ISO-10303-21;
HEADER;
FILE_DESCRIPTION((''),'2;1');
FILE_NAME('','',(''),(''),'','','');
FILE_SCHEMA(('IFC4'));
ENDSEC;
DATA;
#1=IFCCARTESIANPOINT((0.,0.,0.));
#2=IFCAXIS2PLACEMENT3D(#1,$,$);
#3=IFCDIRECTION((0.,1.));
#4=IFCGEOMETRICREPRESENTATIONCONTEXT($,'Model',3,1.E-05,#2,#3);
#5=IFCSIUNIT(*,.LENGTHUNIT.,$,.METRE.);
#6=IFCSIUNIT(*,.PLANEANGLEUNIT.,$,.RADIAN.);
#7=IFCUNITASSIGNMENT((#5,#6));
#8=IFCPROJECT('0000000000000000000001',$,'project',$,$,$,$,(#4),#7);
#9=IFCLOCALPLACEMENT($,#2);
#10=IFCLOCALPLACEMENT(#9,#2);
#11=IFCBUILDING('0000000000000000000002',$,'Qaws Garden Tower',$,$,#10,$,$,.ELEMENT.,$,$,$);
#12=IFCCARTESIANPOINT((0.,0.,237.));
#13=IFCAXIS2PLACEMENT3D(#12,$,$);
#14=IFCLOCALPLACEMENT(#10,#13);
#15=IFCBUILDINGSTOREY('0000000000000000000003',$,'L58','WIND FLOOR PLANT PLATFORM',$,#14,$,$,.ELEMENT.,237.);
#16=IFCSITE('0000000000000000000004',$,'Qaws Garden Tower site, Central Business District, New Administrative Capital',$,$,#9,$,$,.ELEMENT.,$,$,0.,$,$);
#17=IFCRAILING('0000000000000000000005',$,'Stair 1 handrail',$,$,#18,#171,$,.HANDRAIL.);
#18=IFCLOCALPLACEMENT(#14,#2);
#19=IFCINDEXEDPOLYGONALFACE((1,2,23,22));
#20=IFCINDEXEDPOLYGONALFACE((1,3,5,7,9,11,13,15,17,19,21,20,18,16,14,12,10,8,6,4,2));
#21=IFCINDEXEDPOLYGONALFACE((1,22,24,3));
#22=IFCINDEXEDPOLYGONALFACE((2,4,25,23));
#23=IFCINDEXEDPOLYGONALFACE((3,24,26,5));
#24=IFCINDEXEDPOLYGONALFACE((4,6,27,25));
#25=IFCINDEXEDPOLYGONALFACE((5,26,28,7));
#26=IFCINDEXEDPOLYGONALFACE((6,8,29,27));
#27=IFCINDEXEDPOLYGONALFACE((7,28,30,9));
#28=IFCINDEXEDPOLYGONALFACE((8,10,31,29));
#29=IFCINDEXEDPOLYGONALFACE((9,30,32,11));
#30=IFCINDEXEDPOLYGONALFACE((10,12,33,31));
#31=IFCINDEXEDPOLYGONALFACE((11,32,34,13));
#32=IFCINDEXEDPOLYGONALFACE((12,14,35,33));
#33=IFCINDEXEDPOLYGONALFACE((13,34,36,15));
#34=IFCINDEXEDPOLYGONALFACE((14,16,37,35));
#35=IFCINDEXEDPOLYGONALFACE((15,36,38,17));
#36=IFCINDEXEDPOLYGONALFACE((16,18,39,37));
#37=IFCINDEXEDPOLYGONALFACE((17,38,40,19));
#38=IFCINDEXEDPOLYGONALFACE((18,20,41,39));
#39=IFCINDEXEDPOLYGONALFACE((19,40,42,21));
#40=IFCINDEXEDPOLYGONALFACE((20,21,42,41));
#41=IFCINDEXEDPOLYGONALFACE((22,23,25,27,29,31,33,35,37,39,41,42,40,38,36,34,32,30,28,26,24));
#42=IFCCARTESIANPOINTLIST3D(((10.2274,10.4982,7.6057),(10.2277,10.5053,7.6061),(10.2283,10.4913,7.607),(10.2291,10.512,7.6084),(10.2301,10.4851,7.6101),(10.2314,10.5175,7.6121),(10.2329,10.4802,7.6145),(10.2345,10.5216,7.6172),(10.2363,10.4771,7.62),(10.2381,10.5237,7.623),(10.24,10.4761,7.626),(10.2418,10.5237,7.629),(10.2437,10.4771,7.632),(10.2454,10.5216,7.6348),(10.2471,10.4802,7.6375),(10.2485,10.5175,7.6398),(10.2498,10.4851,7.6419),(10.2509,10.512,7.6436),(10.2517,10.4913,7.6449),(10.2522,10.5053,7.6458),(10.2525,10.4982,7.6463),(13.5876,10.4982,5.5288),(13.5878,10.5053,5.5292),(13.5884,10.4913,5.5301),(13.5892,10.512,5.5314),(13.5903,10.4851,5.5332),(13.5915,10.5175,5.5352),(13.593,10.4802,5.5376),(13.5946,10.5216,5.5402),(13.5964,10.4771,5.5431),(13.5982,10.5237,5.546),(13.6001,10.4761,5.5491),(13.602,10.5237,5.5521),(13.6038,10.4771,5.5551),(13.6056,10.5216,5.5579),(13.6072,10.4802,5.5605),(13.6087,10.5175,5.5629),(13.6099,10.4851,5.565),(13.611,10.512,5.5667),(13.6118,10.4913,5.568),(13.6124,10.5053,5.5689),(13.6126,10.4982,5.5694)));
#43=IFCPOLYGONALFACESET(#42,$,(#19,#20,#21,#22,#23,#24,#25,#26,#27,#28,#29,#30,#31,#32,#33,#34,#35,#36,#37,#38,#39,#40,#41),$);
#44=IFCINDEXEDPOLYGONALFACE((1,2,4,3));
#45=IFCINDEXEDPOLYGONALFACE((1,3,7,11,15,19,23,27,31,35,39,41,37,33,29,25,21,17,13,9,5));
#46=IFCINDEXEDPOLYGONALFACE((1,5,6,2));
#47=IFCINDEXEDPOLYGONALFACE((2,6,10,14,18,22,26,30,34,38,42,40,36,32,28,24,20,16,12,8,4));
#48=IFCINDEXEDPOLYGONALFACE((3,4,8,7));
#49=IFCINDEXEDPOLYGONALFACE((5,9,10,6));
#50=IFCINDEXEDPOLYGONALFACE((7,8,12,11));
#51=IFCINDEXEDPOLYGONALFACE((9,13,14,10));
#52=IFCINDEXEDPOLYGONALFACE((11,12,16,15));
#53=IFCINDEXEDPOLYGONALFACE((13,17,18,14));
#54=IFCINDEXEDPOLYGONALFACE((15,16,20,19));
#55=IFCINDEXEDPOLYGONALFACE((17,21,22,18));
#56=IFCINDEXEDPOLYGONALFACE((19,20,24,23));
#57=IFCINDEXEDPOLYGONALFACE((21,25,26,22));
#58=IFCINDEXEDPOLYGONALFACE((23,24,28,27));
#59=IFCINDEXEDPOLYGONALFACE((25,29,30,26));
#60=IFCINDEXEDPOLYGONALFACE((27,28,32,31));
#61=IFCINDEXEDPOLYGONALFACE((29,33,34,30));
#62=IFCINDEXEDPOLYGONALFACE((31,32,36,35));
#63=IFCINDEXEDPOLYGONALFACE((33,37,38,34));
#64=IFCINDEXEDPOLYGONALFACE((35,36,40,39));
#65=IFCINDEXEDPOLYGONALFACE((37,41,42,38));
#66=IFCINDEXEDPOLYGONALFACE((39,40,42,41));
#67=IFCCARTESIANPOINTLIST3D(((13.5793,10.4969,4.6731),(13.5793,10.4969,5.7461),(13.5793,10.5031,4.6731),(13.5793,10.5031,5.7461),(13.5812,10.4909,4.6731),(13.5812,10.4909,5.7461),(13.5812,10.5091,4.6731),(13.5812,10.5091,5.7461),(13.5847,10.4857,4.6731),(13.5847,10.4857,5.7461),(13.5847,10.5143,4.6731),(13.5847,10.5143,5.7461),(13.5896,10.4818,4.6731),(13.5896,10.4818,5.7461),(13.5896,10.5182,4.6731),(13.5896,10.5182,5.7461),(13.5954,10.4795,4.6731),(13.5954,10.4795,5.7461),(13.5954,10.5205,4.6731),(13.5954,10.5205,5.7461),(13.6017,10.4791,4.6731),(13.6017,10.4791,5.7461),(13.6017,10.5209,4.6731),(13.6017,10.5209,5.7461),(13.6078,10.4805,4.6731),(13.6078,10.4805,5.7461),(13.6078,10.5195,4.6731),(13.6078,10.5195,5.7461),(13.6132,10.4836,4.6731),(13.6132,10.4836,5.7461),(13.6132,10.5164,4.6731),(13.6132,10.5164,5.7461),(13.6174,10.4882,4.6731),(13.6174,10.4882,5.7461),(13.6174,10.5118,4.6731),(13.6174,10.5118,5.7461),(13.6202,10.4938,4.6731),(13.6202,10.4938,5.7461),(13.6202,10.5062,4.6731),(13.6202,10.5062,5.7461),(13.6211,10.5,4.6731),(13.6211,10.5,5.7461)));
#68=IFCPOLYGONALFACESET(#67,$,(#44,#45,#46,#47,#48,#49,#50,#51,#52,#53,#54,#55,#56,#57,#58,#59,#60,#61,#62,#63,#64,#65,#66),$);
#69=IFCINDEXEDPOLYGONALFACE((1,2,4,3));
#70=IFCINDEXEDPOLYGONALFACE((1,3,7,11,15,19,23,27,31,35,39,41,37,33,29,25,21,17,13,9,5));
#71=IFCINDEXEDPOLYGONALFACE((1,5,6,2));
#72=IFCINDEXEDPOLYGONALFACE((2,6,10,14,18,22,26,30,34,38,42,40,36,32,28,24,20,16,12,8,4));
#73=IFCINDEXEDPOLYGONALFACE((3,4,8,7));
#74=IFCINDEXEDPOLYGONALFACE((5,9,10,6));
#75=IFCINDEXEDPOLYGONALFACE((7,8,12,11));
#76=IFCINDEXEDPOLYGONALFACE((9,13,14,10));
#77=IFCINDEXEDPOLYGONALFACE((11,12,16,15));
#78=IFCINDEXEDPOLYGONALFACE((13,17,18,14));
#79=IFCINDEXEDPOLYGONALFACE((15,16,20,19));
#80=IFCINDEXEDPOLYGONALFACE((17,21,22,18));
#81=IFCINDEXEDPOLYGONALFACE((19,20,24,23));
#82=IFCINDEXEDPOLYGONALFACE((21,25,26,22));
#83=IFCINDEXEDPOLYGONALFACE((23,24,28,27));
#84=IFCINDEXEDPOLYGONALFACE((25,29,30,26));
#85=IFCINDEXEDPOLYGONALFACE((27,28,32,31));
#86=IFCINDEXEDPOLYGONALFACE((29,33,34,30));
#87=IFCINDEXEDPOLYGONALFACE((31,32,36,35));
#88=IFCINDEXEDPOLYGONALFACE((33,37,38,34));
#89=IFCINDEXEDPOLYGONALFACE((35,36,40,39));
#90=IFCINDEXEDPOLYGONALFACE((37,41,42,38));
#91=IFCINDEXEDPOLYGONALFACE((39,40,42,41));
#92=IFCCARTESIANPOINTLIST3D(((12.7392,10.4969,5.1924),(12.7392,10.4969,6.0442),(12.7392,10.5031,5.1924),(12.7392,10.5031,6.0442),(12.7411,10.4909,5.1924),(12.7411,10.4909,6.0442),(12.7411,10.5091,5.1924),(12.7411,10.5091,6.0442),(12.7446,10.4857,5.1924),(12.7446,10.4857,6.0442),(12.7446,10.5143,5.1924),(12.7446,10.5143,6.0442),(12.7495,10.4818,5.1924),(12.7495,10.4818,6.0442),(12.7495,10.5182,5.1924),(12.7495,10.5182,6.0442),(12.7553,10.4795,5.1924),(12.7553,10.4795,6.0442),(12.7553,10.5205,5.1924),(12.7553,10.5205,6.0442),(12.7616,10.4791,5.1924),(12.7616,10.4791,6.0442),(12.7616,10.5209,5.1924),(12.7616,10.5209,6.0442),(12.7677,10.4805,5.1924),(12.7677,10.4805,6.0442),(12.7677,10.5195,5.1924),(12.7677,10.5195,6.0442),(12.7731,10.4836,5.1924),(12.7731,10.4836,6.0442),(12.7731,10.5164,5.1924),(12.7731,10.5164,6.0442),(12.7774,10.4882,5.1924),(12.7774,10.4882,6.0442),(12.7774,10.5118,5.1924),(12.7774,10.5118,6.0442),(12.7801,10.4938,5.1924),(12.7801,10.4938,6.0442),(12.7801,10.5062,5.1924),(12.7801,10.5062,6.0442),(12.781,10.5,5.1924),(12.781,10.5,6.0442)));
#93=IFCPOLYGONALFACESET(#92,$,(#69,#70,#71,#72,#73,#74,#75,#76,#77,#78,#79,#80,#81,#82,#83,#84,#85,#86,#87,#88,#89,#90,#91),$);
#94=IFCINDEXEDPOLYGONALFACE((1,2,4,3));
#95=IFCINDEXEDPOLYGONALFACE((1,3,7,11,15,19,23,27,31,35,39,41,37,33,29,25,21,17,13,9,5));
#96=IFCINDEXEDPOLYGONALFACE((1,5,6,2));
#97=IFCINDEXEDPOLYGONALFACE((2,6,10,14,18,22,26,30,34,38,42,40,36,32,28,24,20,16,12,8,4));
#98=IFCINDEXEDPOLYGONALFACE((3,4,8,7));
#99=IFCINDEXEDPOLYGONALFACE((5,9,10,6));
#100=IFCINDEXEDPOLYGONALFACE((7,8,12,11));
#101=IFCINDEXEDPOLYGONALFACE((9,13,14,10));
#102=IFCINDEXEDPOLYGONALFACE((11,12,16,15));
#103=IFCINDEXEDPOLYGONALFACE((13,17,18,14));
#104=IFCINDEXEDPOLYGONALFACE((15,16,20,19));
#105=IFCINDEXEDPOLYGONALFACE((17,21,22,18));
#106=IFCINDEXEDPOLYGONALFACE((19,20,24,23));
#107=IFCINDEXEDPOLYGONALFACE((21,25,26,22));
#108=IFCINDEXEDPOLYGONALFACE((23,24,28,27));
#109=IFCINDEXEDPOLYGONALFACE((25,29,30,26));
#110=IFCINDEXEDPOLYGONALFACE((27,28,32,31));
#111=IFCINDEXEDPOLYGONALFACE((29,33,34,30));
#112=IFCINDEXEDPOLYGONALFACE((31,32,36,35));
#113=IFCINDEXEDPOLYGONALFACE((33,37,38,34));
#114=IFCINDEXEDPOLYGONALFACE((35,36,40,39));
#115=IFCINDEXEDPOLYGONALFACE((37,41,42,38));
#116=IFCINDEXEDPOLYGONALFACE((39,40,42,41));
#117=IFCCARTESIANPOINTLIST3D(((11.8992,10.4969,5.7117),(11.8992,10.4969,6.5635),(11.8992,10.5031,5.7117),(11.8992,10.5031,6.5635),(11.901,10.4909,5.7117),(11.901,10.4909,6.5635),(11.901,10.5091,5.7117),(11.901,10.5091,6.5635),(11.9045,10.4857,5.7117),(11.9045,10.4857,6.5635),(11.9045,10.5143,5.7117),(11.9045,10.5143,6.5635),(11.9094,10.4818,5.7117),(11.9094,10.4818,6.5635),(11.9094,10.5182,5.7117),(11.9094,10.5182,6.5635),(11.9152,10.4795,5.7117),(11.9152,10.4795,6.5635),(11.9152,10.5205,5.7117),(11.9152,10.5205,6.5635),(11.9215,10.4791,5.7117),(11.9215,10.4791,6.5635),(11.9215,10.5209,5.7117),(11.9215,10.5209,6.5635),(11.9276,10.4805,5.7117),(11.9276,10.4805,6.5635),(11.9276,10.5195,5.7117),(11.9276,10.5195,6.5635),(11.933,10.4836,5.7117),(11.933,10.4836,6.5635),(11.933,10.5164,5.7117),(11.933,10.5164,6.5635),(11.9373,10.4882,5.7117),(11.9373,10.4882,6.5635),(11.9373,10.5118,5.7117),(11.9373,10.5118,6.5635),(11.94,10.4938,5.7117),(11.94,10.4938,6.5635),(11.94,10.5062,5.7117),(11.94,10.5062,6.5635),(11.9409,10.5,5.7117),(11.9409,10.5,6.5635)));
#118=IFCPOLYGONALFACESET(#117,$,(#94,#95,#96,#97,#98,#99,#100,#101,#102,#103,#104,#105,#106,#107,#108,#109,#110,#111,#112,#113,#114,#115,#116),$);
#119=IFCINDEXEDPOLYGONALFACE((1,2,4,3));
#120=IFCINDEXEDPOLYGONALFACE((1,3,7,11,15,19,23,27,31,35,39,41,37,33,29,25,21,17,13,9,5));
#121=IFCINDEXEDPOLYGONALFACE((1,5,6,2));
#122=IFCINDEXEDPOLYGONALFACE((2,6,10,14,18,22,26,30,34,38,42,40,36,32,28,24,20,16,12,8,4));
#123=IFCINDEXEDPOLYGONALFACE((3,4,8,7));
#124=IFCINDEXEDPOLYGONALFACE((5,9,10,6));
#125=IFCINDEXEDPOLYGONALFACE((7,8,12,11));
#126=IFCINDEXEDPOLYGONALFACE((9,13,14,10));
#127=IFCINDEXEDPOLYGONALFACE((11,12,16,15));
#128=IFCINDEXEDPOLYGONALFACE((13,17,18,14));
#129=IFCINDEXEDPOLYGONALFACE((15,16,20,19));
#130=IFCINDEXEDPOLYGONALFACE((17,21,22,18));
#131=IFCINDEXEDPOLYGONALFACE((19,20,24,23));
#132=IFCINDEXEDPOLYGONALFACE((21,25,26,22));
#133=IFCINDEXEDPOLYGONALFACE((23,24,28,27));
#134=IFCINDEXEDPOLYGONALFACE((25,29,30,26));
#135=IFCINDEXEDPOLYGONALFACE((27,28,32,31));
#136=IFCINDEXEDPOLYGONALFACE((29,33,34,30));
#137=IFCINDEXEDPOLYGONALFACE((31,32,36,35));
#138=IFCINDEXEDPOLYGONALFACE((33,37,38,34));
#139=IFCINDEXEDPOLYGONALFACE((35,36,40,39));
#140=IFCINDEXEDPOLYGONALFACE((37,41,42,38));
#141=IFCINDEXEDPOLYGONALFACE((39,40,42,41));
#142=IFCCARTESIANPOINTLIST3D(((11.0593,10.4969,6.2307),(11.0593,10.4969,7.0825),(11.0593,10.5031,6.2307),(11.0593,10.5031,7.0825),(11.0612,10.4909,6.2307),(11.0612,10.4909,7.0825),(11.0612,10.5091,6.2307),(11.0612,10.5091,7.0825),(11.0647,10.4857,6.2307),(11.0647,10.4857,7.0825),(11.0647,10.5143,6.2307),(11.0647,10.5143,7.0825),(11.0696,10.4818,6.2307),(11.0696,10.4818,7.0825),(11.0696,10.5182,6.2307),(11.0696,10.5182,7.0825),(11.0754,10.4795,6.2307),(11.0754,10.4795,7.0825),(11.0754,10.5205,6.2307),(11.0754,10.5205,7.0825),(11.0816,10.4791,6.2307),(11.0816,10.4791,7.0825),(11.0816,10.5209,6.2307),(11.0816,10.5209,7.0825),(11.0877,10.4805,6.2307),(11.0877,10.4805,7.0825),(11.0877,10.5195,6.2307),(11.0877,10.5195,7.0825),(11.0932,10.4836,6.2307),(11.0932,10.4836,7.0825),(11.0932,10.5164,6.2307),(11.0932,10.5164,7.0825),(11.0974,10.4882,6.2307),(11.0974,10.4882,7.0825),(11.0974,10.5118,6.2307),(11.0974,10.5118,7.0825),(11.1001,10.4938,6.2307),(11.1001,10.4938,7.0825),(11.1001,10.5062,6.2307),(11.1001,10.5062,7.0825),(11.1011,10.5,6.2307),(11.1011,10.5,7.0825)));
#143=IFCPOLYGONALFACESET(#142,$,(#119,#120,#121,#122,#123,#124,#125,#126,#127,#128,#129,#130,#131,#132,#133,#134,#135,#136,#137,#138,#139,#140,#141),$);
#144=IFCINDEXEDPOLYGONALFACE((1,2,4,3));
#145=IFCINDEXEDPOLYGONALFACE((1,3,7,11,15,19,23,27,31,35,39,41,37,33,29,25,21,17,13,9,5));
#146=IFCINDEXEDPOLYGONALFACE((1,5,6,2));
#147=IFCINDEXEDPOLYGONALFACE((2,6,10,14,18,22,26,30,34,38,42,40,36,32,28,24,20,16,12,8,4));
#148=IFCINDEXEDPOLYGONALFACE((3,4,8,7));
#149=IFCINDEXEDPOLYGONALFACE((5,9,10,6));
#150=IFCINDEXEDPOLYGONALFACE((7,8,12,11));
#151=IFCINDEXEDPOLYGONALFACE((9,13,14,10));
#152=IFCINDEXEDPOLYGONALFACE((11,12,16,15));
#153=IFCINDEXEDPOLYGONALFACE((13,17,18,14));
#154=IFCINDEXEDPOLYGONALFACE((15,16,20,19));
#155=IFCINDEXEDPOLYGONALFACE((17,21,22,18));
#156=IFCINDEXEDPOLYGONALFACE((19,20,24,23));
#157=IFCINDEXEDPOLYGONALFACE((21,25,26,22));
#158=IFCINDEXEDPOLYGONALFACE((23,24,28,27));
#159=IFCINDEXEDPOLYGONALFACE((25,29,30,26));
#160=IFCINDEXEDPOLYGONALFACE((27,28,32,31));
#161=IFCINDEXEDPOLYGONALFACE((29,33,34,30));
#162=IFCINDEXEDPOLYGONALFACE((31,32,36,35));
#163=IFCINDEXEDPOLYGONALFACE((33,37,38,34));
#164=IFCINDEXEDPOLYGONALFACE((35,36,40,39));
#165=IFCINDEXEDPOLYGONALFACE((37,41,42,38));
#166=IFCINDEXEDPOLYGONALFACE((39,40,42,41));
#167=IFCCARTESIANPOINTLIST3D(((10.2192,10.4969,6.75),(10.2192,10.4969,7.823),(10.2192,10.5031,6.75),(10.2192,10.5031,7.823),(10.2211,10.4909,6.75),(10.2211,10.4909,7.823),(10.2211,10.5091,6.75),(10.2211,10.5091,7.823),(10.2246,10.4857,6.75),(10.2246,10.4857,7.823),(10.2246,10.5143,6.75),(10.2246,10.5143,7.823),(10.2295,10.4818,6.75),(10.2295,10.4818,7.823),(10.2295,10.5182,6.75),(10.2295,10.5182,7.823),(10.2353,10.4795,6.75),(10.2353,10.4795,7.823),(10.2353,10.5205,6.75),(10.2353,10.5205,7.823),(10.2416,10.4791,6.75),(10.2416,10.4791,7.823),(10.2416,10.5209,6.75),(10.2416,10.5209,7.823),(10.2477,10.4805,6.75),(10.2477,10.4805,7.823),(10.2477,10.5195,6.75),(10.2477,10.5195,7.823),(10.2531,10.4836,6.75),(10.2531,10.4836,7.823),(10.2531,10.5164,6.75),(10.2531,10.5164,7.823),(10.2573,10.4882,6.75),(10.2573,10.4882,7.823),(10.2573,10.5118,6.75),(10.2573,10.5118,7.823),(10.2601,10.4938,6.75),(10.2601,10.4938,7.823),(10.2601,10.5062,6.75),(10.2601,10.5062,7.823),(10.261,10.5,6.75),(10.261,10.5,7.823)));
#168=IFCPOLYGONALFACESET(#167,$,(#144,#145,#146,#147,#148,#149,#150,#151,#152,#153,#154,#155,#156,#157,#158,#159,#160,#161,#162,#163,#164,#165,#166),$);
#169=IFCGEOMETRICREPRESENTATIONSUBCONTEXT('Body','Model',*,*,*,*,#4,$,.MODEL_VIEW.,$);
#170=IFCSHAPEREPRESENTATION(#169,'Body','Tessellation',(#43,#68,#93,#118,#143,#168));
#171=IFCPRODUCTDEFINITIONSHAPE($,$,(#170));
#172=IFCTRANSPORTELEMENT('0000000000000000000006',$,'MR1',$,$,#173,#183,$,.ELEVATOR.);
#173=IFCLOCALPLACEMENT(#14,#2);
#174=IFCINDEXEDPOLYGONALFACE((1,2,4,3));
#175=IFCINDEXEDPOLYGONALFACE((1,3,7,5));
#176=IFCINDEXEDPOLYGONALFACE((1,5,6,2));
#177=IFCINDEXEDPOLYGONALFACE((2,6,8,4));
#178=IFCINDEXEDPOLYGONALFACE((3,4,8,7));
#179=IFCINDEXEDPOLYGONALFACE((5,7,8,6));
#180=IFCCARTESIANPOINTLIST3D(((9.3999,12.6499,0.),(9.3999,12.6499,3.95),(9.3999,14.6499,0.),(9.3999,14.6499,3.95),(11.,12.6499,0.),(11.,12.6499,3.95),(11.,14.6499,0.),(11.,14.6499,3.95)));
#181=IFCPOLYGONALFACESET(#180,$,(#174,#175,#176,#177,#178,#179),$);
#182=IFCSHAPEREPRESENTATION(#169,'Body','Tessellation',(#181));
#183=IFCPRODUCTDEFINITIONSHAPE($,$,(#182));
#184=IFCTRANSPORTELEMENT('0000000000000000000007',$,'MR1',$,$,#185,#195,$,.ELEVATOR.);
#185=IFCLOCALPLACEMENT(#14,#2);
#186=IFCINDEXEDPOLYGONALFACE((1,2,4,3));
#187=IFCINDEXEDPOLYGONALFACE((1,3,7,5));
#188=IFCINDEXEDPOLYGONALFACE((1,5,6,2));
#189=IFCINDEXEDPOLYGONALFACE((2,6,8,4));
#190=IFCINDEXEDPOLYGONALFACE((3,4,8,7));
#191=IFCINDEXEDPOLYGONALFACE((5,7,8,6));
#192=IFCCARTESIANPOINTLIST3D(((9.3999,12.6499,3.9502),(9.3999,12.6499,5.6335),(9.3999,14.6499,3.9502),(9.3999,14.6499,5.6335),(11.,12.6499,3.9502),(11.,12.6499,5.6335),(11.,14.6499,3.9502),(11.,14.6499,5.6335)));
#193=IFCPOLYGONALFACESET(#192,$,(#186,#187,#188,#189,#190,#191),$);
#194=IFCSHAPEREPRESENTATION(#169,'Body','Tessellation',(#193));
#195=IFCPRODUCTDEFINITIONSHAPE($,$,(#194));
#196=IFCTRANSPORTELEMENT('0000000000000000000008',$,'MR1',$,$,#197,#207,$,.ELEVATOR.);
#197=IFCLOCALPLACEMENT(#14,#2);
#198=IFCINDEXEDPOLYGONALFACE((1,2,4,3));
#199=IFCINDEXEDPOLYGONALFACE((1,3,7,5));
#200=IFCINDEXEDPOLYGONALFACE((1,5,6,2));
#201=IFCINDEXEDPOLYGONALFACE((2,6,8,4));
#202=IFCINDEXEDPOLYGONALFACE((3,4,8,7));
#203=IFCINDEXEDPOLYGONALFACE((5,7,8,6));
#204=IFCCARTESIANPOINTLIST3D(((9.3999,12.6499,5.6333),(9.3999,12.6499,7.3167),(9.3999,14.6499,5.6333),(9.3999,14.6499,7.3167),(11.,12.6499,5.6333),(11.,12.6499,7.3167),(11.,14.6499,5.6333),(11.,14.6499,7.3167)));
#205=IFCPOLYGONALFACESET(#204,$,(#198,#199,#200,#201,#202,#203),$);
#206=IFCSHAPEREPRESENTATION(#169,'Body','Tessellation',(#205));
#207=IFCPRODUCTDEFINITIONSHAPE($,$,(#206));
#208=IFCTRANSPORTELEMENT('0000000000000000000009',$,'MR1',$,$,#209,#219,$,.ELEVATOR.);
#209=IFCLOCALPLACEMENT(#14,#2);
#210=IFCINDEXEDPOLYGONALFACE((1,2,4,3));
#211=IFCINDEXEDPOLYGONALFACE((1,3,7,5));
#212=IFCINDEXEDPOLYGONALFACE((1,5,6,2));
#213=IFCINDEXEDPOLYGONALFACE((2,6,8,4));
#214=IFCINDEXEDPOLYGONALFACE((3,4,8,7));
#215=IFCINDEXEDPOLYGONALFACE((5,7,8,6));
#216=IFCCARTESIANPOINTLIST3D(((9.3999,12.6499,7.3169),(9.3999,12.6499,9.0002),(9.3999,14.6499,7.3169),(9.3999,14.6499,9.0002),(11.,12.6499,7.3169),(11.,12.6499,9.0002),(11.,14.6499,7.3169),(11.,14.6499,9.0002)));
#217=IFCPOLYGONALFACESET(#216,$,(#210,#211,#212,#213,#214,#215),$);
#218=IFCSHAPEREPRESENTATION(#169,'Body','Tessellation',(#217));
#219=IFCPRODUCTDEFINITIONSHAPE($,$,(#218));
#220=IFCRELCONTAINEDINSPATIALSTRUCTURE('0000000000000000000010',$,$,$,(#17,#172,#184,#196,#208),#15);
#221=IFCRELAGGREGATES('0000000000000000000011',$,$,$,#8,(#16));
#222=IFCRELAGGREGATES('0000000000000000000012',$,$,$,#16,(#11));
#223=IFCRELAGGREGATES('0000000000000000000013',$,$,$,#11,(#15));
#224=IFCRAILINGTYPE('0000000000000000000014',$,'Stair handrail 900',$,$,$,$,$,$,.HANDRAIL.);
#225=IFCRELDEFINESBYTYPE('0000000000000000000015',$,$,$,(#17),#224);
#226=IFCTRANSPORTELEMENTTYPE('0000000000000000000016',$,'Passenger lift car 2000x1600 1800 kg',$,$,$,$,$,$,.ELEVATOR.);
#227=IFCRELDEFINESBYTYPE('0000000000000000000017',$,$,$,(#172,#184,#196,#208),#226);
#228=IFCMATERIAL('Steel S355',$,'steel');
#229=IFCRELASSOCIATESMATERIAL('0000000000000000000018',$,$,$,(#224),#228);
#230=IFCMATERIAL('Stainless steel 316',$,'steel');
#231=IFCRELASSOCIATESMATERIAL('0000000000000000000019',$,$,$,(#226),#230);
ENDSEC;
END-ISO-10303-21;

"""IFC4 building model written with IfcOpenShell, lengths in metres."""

from ifc_helpers import new_model, si_unit, direction, frame, origin, origin_2d, place, context, subcontext, project, spatial, rectangle, circle, extrude, material, type_object, element, save


model = new_model("IFC4")

# Units and contexts
model_context = context("Model", 3, precision=1e-05, world=origin(), true_north=direction((0.0, 1.0)))
body_context = subcontext(model_context, "Body", "Model", "MODEL_VIEW")
ifc_project = project(units=[si_unit("LENGTHUNIT", "METRE"), si_unit("PLANEANGLEUNIT", "RADIAN")], contexts=[model_context])

# Site, building, storey
site_placement = place(None, origin())
site = spatial("IfcSite", under=ifc_project, at=site_placement, Name="Qaws Garden Tower site, Central Business District, New Administrative Capital", CompositionType="ELEMENT", RefElevation=0.0)
building_placement = place(site_placement, origin())
building = spatial("IfcBuilding", under=site, at=building_placement, Name="Qaws Garden Tower", CompositionType="ELEMENT")
storey_placement = place(building_placement, frame((0.0, 0.0, 237.0)))
storey = spatial("IfcBuildingStorey", under=building, at=storey_placement, Name="L58", Description="WIND FLOOR PLANT PLATFORM", CompositionType="ELEMENT", Elevation=237.0)

# Railing
ifc_material_1 = material(Name="Steel S355", Category="steel")
railing_type = type_object("IfcRailingType", Name="Stair handrail 900", PredefinedType="HANDRAIL", material=ifc_material_1)
for number, where, name in (
    (1, (13.6001, 10.5, 4.6731), "Stair 1 handrail"),
):
    element("IfcRailing", number, at=place(storey_placement, frame(where)), inside=storey, type_object=railing_type, Name=name, PredefinedType="HANDRAIL", context=body_context, shape_type="SweptSolid", body=[
        extrude(circle(Radius=0.0239, at=origin_2d()), frame((0.0, 0.0, 0.876), z_axis=(-0.850623, 0.0, 0.525776), x_axis=(0.0, -1.0, 0.0)), (0.0, 0.0, 1.0), 3.9502),
        extrude(circle(Radius=0.021, at=origin_2d()), origin(), (0.0, 0.0, 1.0), 1.073),
        extrude(circle(Radius=0.021, at=origin_2d()), frame((-0.8401, 0.0, 0.5193)), (0.0, 0.0, 1.0), 0.8518),
        extrude(circle(Radius=0.021, at=origin_2d()), frame((-1.6802, 0.0, 1.0386)), (0.0, 0.0, 1.0), 0.8518),
        extrude(circle(Radius=0.021, at=origin_2d()), frame((-2.52, 0.0, 1.5576)), (0.0, 0.0, 1.0), 0.8518),
        extrude(circle(Radius=0.021, at=origin_2d()), frame((-3.3601, 0.0, 2.0769)), (0.0, 0.0, 1.0), 1.073),
    ])

# Transport elements
ifc_material_2 = material(Name="Stainless steel 316", Category="steel")
transport_element_type = type_object("IfcTransportElementType", Name="Passenger lift car 2000x1600 1800 kg", PredefinedType="ELEVATOR", material=ifc_material_2)
transport_element_placement = place(storey_placement, frame((10.2, 13.6499, 0.0), z_axis=(0.0, 0.0, 1.0), x_axis=(1.0, 0.0, 0.0)))
element("IfcTransportElement", 2, at=transport_element_placement, inside=storey, type_object=transport_element_type, Name="MR1", PredefinedType="ELEVATOR", context=body_context, shape_type="SweptSolid", body=[
    extrude(rectangle(XDim=1.6001, YDim=2.0, at=origin_2d()), origin(), (0.0, 0.0, 1.0), 3.95),
])
for number, where, z_axis, x_axis, name in (
    (3, (10.2, 13.6499, 3.9502), (0.0, 0.0, 1.0), (1.0, 0.0, 0.0), "MR1"),
    (4, (10.2, 13.6499, 5.6333), (0.0, 0.0, 1.0), (1.0, 0.0, 0.0), "MR1"),
    (5, (10.2, 13.6499, 7.3169), (0.0, 0.0, 1.0), (1.0, 0.0, 0.0), "MR1"),
):
    element("IfcTransportElement", number, at=place(storey_placement, frame(where, z_axis=z_axis, x_axis=x_axis)), inside=storey, type_object=transport_element_type, Name=name, PredefinedType="ELEVATOR", context=body_context, shape_type="SweptSolid", body=[
        extrude(rectangle(XDim=1.6001, YDim=2.0, at=origin_2d()), origin(), (0.0, 0.0, 1.0), 1.6833),
    ])

save(model, "model.ifc")
